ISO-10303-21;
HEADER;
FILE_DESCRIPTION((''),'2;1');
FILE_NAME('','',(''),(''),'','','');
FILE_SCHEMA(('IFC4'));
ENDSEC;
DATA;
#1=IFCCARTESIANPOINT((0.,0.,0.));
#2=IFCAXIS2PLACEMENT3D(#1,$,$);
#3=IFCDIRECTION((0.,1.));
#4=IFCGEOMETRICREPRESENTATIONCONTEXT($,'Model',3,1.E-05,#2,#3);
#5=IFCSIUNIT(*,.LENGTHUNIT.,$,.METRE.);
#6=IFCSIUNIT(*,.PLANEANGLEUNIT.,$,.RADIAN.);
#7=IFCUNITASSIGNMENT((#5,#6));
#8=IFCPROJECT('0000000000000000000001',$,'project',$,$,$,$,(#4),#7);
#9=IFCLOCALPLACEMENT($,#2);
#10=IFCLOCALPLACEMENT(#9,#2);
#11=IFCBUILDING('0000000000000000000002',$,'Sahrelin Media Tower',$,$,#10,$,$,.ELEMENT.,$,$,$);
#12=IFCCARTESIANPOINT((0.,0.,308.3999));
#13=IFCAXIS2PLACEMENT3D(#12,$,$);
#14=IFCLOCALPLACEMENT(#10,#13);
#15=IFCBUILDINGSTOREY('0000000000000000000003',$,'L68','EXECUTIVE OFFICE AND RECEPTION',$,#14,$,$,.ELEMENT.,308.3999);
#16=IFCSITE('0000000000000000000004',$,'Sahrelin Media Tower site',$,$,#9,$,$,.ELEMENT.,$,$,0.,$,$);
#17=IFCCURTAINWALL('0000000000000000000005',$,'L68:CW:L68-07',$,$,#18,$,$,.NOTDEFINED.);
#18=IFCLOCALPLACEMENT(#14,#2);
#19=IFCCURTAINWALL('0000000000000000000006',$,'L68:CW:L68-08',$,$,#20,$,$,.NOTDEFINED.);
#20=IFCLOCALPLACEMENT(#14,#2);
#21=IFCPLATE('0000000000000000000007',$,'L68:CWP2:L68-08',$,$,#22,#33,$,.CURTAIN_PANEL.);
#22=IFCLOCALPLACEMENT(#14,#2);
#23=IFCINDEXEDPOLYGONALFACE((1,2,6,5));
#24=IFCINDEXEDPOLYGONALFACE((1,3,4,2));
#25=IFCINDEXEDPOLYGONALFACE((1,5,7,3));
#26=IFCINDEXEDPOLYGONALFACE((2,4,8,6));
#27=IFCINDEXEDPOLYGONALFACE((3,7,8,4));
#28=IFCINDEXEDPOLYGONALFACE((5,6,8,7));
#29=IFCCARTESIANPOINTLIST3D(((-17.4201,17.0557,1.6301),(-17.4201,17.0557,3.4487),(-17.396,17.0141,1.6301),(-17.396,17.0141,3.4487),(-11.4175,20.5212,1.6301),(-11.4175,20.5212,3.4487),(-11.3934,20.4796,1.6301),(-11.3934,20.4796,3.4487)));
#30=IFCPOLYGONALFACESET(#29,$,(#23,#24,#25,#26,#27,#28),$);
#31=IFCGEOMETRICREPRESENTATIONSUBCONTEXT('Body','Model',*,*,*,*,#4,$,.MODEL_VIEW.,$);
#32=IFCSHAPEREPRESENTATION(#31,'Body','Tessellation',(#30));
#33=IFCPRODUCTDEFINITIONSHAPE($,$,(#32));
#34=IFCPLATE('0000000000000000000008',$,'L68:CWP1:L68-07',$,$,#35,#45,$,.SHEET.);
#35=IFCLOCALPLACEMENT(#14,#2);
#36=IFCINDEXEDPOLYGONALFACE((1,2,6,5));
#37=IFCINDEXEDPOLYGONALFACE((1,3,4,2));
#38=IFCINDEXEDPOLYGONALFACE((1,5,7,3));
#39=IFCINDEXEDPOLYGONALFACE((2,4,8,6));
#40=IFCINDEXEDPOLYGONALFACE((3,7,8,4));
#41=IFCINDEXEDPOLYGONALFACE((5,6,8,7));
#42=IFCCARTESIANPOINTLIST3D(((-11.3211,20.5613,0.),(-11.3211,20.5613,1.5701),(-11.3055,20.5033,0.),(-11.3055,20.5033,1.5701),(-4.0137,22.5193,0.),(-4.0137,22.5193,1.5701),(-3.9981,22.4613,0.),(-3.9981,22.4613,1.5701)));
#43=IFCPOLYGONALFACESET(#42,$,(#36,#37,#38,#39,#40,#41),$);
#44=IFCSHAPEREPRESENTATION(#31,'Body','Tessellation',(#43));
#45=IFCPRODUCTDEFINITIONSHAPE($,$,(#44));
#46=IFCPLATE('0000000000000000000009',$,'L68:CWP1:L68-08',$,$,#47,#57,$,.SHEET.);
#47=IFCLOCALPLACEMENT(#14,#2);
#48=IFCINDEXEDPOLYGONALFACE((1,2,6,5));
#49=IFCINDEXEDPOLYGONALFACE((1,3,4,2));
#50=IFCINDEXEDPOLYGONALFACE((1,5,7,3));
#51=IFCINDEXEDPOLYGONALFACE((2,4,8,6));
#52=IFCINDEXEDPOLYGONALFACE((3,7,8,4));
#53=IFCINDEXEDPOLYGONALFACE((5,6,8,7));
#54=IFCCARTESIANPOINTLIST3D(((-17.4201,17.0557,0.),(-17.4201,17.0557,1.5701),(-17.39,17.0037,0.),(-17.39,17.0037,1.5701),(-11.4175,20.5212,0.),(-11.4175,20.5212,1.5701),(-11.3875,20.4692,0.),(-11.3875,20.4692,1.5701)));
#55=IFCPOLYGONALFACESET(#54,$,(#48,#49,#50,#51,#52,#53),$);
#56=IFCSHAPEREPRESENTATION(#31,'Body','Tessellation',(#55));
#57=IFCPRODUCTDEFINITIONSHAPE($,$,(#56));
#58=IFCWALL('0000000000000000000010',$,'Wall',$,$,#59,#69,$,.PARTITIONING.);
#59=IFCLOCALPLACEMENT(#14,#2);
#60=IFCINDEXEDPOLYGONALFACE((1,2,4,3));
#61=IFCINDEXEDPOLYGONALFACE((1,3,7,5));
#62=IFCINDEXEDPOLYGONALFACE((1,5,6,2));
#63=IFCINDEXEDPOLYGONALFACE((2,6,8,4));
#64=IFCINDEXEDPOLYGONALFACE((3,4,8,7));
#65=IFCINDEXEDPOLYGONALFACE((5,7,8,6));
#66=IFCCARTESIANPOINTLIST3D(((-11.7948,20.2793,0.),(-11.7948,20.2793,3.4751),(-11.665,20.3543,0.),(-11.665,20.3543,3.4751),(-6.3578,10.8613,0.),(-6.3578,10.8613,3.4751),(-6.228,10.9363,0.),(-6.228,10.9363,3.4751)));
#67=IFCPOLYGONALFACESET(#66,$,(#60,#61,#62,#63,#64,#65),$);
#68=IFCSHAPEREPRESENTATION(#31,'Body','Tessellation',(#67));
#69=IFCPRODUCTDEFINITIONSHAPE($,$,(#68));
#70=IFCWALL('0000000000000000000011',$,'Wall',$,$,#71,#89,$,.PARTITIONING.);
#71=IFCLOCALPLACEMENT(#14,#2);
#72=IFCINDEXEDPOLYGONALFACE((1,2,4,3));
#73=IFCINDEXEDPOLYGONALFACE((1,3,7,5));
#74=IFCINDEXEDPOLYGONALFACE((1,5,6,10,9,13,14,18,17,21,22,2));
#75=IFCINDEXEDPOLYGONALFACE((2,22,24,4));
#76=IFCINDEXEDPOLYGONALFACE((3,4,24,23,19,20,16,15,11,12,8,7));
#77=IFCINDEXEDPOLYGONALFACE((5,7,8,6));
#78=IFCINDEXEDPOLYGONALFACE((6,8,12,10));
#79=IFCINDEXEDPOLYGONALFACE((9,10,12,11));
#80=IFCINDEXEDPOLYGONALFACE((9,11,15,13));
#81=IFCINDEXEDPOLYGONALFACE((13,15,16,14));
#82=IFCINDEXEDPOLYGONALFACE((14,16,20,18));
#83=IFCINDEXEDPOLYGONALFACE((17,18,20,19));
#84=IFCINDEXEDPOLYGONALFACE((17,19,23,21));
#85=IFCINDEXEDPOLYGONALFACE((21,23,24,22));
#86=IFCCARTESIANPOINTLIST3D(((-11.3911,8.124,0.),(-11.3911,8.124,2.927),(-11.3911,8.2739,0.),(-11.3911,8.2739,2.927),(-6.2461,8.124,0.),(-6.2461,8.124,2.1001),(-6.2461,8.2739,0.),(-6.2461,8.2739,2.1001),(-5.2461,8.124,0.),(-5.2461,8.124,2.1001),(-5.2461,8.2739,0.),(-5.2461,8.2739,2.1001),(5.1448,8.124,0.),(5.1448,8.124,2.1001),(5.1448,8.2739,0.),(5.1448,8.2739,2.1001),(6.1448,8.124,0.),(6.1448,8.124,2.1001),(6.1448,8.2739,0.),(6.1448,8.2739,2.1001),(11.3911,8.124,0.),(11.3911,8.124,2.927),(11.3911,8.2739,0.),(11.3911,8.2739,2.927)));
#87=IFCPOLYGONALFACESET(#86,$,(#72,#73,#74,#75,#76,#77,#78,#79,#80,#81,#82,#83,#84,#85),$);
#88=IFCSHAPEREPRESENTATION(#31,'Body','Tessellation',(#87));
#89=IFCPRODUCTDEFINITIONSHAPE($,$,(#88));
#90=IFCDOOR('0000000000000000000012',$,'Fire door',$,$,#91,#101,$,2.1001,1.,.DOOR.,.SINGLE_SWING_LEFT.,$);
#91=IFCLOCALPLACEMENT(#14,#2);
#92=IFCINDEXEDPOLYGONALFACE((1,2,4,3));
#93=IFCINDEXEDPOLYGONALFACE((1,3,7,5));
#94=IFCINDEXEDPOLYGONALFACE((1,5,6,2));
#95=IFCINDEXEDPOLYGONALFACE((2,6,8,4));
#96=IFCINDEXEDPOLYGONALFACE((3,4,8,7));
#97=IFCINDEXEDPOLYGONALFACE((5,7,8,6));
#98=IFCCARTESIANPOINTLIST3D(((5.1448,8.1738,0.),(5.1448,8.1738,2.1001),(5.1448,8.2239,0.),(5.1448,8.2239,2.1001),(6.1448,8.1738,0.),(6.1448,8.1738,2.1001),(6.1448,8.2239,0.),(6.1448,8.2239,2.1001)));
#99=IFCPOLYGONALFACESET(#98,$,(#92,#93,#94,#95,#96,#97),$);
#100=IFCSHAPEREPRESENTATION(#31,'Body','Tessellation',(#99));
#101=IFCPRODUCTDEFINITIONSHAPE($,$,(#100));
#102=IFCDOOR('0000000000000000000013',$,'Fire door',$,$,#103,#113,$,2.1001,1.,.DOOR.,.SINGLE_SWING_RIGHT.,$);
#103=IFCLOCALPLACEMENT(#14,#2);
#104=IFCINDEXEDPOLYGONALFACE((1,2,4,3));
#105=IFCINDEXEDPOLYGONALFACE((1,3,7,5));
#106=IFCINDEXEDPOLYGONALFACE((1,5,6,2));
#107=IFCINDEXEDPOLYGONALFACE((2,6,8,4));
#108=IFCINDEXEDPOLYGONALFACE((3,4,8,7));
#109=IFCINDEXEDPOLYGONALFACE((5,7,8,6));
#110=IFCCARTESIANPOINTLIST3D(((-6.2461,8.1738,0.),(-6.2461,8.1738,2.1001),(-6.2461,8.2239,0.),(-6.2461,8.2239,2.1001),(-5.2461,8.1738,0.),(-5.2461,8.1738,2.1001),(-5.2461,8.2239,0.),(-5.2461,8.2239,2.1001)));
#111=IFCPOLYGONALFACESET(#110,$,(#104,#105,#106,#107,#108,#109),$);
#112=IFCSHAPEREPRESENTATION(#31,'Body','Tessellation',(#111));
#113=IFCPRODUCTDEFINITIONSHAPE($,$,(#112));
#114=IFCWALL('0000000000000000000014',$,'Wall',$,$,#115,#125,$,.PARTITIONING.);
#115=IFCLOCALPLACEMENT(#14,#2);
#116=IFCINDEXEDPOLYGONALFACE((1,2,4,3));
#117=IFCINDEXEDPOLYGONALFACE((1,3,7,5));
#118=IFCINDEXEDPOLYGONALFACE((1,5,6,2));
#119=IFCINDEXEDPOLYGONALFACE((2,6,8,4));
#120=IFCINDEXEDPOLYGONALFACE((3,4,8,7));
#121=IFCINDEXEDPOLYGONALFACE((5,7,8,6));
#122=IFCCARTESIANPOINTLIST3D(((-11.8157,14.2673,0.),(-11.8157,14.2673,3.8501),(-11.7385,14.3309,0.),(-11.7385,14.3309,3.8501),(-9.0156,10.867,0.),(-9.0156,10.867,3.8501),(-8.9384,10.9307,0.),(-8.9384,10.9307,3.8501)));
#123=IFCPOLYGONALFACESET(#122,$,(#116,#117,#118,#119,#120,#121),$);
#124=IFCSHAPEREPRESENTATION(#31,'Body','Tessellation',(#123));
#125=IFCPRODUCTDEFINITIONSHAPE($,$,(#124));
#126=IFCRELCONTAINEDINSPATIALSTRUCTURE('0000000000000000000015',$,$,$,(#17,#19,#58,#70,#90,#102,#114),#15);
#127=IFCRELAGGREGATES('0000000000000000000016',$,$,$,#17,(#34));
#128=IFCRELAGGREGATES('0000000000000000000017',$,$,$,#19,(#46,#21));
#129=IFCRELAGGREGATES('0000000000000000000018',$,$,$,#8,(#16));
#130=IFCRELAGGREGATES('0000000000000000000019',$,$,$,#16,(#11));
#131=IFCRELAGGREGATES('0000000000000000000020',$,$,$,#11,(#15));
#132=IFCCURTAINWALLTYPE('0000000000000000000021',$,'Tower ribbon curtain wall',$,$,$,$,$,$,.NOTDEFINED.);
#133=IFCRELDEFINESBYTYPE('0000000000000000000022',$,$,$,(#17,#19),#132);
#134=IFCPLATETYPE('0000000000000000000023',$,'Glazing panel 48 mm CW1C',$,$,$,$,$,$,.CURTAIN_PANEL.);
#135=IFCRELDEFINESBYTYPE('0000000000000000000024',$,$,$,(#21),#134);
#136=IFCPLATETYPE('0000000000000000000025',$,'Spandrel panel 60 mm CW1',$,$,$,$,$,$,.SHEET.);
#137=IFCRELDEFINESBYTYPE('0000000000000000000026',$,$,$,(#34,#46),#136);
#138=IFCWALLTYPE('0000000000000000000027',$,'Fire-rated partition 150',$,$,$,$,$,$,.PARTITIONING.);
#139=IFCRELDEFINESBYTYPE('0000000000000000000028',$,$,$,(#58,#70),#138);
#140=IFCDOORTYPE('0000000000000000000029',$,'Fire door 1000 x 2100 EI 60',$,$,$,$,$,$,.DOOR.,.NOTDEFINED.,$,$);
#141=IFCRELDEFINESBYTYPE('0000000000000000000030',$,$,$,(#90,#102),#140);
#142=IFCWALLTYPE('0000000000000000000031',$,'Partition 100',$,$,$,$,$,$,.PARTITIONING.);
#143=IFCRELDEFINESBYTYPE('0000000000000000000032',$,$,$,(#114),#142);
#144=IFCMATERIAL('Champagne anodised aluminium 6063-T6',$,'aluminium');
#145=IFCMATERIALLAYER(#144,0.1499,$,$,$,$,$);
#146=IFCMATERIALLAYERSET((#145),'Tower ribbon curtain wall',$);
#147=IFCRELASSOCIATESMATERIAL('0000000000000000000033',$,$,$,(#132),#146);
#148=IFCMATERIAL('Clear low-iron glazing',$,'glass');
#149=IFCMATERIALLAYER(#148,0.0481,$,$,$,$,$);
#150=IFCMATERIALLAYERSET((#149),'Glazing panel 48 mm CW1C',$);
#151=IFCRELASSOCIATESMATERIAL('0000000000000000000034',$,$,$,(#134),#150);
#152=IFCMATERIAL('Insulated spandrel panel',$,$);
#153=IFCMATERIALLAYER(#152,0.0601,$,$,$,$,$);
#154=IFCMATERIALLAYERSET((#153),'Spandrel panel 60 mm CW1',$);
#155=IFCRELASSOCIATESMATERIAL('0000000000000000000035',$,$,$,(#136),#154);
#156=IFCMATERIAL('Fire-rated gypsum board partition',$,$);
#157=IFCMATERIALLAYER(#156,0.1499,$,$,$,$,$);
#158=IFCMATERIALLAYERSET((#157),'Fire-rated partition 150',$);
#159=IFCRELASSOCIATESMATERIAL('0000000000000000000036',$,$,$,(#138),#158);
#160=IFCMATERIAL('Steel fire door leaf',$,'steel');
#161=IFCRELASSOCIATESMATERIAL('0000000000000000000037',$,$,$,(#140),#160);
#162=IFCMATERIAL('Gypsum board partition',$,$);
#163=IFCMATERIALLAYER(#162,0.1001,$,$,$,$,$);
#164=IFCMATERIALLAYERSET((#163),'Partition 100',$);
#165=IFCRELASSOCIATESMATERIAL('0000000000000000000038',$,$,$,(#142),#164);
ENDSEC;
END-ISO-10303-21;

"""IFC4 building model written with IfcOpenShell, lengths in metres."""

from ifc_helpers import new_model, si_unit, direction, frame, frame_2d, origin, place, context, subcontext, project, spatial, polyline, rectangle, outline, extrude, material, layer, layer_set, type_object, element, fill, aggregate, save


model = new_model("IFC4")

# Units and contexts
model_context = context("Model", 3, precision=1e-05, world=origin(), true_north=direction((0.0, 1.0)))
body_context = subcontext(model_context, "Body", "Model", "MODEL_VIEW")
ifc_project = project(units=[si_unit("LENGTHUNIT", "METRE"), si_unit("PLANEANGLEUNIT", "RADIAN")], contexts=[model_context])

# Site, building, storey
site_placement = place(None, origin())
site = spatial("IfcSite", under=ifc_project, at=site_placement, Name="Sahrelin Media Tower site", CompositionType="ELEMENT", RefElevation=0.0)
building_placement = place(site_placement, origin())
building = spatial("IfcBuilding", under=site, at=building_placement, Name="Sahrelin Media Tower", CompositionType="ELEMENT")
storey_placement = place(building_placement, frame((0.0, 0.0, 308.3999)))
storey = spatial("IfcBuildingStorey", under=building, at=storey_placement, Name="L68", Description="EXECUTIVE OFFICE AND RECEPTION", CompositionType="ELEMENT", Elevation=308.3999)

# Curtain wall
ifc_material_1 = material(Name="Champagne anodised aluminium 6063-T6", Category="aluminium")
ifc_layer_1 = layer(ifc_material_1, 0.1499)
ifc_layer_set_1 = layer_set([ifc_layer_1], Name="Tower ribbon curtain wall")
curtain_wall_type = type_object("IfcCurtainWallType", Name="Tower ribbon curtain wall", PredefinedType="NOTDEFINED", material=ifc_layer_set_1)
curtain_wall_1_placement = place(storey_placement, frame((-7.6621, 21.521, 0.0), z_axis=(0.0, 0.0, 1.0), x_axis=(1.0, 0.0, 0.0)))
curtain_wall_1 = element("IfcCurtainWall", 1, at=curtain_wall_1_placement, inside=storey, type_object=curtain_wall_type, Name="L68:CW:L68-07", PredefinedType="NOTDEFINED")

# Curtain wall
curtain_wall_2_placement = place(storey_placement, frame((-14.4087, 18.7712, 0.0), z_axis=(0.0, 0.0, 1.0), x_axis=(1.0, 0.0, 0.0)))
curtain_wall_2 = element("IfcCurtainWall", 2, at=curtain_wall_2_placement, inside=storey, type_object=curtain_wall_type, Name="L68:CW:L68-08", PredefinedType="NOTDEFINED")

# Plates
ifc_material_2 = material(Name="Clear low-iron glazing", Category="glass")
ifc_layer_2 = layer(ifc_material_2, 0.0481)
ifc_layer_set_2 = layer_set([ifc_layer_2], Name="Glazing panel 48 mm CW1C")
plate_type_1 = type_object("IfcPlateType", Name="Glazing panel 48 mm CW1C", PredefinedType="CURTAIN_PANEL", material=ifc_layer_set_2)
plate_1_placement = place(storey_placement, frame((-11.4175, 20.5212, 1.6301), z_axis=(-0.499992, 0.86603, 0.0), x_axis=(-0.86603, -0.499992, 0.0)))
plate_1 = element("IfcPlate", 3, at=plate_1_placement, type_object=plate_type_1, Name="L68:CWP2:L68-08", PredefinedType="CURTAIN_PANEL", context=body_context, shape_type="SweptSolid", body=[
    extrude(outline(polyline([(0.0, 0.0), (6.9312, 0.0), (6.9312, 1.8186), (0.0, 1.8186), (0.0, 0.0)])), origin(), (0.0, 0.0, -1.0), 0.0481),
])
ifc_material_3 = material(Name="Insulated spandrel panel")
ifc_layer_3 = layer(ifc_material_3, 0.0601)
ifc_layer_set_3 = layer_set([ifc_layer_3], Name="Spandrel panel 60 mm CW1")
plate_type_2 = type_object("IfcPlateType", Name="Spandrel panel 60 mm CW1", PredefinedType="SHEET", material=ifc_layer_set_3)
plate_2_placement = place(storey_placement, frame((-4.0137, 22.5193, 0.0), z_axis=(-0.258819, 0.965926, 0.0), x_axis=(-0.965926, -0.258819, 0.0)))
plate_2 = element("IfcPlate", 4, at=plate_2_placement, type_object=plate_type_2, Name="L68:CWP1:L68-07", PredefinedType="SHEET", context=body_context, shape_type="SweptSolid", body=[
    extrude(outline(polyline([(0.0, 0.0), (7.5652, 0.0), (7.5652, 1.5701), (0.0, 1.5701), (0.0, 0.0)])), origin(), (0.0, 0.0, -1.0), 0.0601),
])
aggregate(curtain_wall_1, [plate_2])
plate_3_placement = place(storey_placement, frame((-11.4175, 20.5212, 0.0), z_axis=(-0.499992, 0.86603, 0.0), x_axis=(-0.86603, -0.499992, 0.0)))
plate_3 = element("IfcPlate", 5, at=plate_3_placement, type_object=plate_type_2, Name="L68:CWP1:L68-08", PredefinedType="SHEET", context=body_context, shape_type="SweptSolid", body=[
    extrude(outline(polyline([(0.0, 0.0), (6.9312, 0.0), (6.9312, 1.5701), (0.0, 1.5701), (0.0, 0.0)])), origin(), (0.0, 0.0, -1.0), 0.0601),
])
aggregate(curtain_wall_2, [plate_3, plate_1])

# Wall
ifc_material_4 = material(Name="Fire-rated gypsum board partition")
ifc_layer_4 = layer(ifc_material_4, 0.1499)
ifc_layer_set_4 = layer_set([ifc_layer_4], Name="Fire-rated partition 150")
wall_type_1 = type_object("IfcWallType", Name="Fire-rated partition 150", PredefinedType="PARTITIONING", material=ifc_layer_set_4)
wall_1_placement = place(storey_placement, frame((-11.73, 20.3169, 0.0), z_axis=(0.0, 0.0, 1.0), x_axis=(0.499969, -0.866044, 0.0)))
element("IfcWall", 6, at=wall_1_placement, inside=storey, type_object=wall_type_1, Name="Wall", PredefinedType="PARTITIONING", context=body_context, shape_type="SweptSolid", body=[
    extrude(rectangle(XDim=10.8748, YDim=0.1499, at=frame_2d((5.4375, 0.0))), origin(), (0.0, 0.0, 1.0), 3.4751),
])

# Wall, openings, doors
wall_2_placement = place(storey_placement, frame((-11.3911, 8.199, 0.0), z_axis=(0.0, 0.0, 1.0), x_axis=(1.0, 0.0, 0.0)))
wall_2 = element("IfcWall", 7, at=wall_2_placement, inside=storey, type_object=wall_type_1, Name="Wall", PredefinedType="PARTITIONING", context=body_context, shape_type="SweptSolid", body=[
    extrude(rectangle(XDim=22.7822, YDim=0.1499, at=frame_2d((11.3911, 0.0))), origin(), (0.0, 0.0, 1.0), 2.927),
])
opening_1_placement = place(wall_2_placement, frame((16.5359, 0.0, 0.0)))
opening_1 = element("IfcOpeningElement", 8, at=opening_1_placement, cuts=wall_2, PredefinedType="OPENING", context=body_context, shape_type="SweptSolid", body=[
    extrude(rectangle(XDim=1.0, YDim=2.1001, at=frame_2d((0.5, 1.05))), frame((0.0, 0.075, 0.0), z_axis=(0.0, -1.0, 0.0), x_axis=(1.0, 0.0, 0.0)), (0.0, 0.0, 1.0), 0.1499),
])
opening_2_placement = place(wall_2_placement, frame((5.145, 0.0, 0.0)))
opening_2 = element("IfcOpeningElement", 9, at=opening_2_placement, cuts=wall_2, PredefinedType="OPENING", context=body_context, shape_type="SweptSolid", body=[
    extrude(rectangle(XDim=1.0, YDim=2.1001, at=frame_2d((0.5, 1.05))), frame((0.0, 0.075, 0.0), z_axis=(0.0, -1.0, 0.0), x_axis=(1.0, 0.0, 0.0)), (0.0, 0.0, 1.0), 0.1499),
])
ifc_material_5 = material(Name="Steel fire door leaf", Category="steel")
door_type = type_object("IfcDoorType", Name="Fire door 1000 x 2100 EI 60", OperationType="NOTDEFINED", PredefinedType="DOOR", material=ifc_material_5)
door_1_placement = place(opening_1_placement, origin())
door_1 = element("IfcDoor", 10, at=door_1_placement, inside=storey, type_object=door_type, Name="Fire door", OperationType="SINGLE_SWING_LEFT", OverallHeight=2.1001, OverallWidth=1.0, PredefinedType="DOOR", context=body_context, shape_type="SweptSolid", body=[
    extrude(rectangle(XDim=1.0, YDim=2.1001, at=frame_2d((0.5, 1.05))), frame((0.0, 0.0249, 0.0), z_axis=(0.0, -1.0, 0.0), x_axis=(1.0, 0.0, 0.0)), (0.0, 0.0, 1.0), 0.05),
])
fill(opening_1, door_1)
door_2_placement = place(opening_2_placement, origin())
door_2 = element("IfcDoor", 11, at=door_2_placement, inside=storey, type_object=door_type, Name="Fire door", OperationType="SINGLE_SWING_RIGHT", OverallHeight=2.1001, OverallWidth=1.0, PredefinedType="DOOR", context=body_context, shape_type="SweptSolid", body=[
    extrude(rectangle(XDim=1.0, YDim=2.1001, at=frame_2d((0.5, 1.05))), frame((0.0, 0.0249, 0.0), z_axis=(0.0, -1.0, 0.0), x_axis=(1.0, 0.0, 0.0)), (0.0, 0.0, 1.0), 0.05),
])
fill(opening_2, door_2)

# Wall
ifc_material_6 = material(Name="Gypsum board partition")
ifc_layer_5 = layer(ifc_material_6, 0.1001)
ifc_layer_set_5 = layer_set([ifc_layer_5], Name="Partition 100")
wall_type_2 = type_object("IfcWallType", Name="Partition 100", PredefinedType="PARTITIONING", material=ifc_layer_set_5)
wall_3_placement = place(storey_placement, frame((-11.7771, 14.2991, 0.0), z_axis=(0.0, 0.0, 1.0), x_axis=(0.635698, -0.771938, 0.0)))
element("IfcWall", 12, at=wall_3_placement, inside=storey, type_object=wall_type_2, Name="Wall", PredefinedType="PARTITIONING", context=body_context, shape_type="SweptSolid", body=[
    extrude(rectangle(XDim=4.4048, YDim=0.1001, at=frame_2d((2.2024, 0.0))), origin(), (0.0, 0.0, 1.0), 3.8501),
])

save(model, "model.ifc")
